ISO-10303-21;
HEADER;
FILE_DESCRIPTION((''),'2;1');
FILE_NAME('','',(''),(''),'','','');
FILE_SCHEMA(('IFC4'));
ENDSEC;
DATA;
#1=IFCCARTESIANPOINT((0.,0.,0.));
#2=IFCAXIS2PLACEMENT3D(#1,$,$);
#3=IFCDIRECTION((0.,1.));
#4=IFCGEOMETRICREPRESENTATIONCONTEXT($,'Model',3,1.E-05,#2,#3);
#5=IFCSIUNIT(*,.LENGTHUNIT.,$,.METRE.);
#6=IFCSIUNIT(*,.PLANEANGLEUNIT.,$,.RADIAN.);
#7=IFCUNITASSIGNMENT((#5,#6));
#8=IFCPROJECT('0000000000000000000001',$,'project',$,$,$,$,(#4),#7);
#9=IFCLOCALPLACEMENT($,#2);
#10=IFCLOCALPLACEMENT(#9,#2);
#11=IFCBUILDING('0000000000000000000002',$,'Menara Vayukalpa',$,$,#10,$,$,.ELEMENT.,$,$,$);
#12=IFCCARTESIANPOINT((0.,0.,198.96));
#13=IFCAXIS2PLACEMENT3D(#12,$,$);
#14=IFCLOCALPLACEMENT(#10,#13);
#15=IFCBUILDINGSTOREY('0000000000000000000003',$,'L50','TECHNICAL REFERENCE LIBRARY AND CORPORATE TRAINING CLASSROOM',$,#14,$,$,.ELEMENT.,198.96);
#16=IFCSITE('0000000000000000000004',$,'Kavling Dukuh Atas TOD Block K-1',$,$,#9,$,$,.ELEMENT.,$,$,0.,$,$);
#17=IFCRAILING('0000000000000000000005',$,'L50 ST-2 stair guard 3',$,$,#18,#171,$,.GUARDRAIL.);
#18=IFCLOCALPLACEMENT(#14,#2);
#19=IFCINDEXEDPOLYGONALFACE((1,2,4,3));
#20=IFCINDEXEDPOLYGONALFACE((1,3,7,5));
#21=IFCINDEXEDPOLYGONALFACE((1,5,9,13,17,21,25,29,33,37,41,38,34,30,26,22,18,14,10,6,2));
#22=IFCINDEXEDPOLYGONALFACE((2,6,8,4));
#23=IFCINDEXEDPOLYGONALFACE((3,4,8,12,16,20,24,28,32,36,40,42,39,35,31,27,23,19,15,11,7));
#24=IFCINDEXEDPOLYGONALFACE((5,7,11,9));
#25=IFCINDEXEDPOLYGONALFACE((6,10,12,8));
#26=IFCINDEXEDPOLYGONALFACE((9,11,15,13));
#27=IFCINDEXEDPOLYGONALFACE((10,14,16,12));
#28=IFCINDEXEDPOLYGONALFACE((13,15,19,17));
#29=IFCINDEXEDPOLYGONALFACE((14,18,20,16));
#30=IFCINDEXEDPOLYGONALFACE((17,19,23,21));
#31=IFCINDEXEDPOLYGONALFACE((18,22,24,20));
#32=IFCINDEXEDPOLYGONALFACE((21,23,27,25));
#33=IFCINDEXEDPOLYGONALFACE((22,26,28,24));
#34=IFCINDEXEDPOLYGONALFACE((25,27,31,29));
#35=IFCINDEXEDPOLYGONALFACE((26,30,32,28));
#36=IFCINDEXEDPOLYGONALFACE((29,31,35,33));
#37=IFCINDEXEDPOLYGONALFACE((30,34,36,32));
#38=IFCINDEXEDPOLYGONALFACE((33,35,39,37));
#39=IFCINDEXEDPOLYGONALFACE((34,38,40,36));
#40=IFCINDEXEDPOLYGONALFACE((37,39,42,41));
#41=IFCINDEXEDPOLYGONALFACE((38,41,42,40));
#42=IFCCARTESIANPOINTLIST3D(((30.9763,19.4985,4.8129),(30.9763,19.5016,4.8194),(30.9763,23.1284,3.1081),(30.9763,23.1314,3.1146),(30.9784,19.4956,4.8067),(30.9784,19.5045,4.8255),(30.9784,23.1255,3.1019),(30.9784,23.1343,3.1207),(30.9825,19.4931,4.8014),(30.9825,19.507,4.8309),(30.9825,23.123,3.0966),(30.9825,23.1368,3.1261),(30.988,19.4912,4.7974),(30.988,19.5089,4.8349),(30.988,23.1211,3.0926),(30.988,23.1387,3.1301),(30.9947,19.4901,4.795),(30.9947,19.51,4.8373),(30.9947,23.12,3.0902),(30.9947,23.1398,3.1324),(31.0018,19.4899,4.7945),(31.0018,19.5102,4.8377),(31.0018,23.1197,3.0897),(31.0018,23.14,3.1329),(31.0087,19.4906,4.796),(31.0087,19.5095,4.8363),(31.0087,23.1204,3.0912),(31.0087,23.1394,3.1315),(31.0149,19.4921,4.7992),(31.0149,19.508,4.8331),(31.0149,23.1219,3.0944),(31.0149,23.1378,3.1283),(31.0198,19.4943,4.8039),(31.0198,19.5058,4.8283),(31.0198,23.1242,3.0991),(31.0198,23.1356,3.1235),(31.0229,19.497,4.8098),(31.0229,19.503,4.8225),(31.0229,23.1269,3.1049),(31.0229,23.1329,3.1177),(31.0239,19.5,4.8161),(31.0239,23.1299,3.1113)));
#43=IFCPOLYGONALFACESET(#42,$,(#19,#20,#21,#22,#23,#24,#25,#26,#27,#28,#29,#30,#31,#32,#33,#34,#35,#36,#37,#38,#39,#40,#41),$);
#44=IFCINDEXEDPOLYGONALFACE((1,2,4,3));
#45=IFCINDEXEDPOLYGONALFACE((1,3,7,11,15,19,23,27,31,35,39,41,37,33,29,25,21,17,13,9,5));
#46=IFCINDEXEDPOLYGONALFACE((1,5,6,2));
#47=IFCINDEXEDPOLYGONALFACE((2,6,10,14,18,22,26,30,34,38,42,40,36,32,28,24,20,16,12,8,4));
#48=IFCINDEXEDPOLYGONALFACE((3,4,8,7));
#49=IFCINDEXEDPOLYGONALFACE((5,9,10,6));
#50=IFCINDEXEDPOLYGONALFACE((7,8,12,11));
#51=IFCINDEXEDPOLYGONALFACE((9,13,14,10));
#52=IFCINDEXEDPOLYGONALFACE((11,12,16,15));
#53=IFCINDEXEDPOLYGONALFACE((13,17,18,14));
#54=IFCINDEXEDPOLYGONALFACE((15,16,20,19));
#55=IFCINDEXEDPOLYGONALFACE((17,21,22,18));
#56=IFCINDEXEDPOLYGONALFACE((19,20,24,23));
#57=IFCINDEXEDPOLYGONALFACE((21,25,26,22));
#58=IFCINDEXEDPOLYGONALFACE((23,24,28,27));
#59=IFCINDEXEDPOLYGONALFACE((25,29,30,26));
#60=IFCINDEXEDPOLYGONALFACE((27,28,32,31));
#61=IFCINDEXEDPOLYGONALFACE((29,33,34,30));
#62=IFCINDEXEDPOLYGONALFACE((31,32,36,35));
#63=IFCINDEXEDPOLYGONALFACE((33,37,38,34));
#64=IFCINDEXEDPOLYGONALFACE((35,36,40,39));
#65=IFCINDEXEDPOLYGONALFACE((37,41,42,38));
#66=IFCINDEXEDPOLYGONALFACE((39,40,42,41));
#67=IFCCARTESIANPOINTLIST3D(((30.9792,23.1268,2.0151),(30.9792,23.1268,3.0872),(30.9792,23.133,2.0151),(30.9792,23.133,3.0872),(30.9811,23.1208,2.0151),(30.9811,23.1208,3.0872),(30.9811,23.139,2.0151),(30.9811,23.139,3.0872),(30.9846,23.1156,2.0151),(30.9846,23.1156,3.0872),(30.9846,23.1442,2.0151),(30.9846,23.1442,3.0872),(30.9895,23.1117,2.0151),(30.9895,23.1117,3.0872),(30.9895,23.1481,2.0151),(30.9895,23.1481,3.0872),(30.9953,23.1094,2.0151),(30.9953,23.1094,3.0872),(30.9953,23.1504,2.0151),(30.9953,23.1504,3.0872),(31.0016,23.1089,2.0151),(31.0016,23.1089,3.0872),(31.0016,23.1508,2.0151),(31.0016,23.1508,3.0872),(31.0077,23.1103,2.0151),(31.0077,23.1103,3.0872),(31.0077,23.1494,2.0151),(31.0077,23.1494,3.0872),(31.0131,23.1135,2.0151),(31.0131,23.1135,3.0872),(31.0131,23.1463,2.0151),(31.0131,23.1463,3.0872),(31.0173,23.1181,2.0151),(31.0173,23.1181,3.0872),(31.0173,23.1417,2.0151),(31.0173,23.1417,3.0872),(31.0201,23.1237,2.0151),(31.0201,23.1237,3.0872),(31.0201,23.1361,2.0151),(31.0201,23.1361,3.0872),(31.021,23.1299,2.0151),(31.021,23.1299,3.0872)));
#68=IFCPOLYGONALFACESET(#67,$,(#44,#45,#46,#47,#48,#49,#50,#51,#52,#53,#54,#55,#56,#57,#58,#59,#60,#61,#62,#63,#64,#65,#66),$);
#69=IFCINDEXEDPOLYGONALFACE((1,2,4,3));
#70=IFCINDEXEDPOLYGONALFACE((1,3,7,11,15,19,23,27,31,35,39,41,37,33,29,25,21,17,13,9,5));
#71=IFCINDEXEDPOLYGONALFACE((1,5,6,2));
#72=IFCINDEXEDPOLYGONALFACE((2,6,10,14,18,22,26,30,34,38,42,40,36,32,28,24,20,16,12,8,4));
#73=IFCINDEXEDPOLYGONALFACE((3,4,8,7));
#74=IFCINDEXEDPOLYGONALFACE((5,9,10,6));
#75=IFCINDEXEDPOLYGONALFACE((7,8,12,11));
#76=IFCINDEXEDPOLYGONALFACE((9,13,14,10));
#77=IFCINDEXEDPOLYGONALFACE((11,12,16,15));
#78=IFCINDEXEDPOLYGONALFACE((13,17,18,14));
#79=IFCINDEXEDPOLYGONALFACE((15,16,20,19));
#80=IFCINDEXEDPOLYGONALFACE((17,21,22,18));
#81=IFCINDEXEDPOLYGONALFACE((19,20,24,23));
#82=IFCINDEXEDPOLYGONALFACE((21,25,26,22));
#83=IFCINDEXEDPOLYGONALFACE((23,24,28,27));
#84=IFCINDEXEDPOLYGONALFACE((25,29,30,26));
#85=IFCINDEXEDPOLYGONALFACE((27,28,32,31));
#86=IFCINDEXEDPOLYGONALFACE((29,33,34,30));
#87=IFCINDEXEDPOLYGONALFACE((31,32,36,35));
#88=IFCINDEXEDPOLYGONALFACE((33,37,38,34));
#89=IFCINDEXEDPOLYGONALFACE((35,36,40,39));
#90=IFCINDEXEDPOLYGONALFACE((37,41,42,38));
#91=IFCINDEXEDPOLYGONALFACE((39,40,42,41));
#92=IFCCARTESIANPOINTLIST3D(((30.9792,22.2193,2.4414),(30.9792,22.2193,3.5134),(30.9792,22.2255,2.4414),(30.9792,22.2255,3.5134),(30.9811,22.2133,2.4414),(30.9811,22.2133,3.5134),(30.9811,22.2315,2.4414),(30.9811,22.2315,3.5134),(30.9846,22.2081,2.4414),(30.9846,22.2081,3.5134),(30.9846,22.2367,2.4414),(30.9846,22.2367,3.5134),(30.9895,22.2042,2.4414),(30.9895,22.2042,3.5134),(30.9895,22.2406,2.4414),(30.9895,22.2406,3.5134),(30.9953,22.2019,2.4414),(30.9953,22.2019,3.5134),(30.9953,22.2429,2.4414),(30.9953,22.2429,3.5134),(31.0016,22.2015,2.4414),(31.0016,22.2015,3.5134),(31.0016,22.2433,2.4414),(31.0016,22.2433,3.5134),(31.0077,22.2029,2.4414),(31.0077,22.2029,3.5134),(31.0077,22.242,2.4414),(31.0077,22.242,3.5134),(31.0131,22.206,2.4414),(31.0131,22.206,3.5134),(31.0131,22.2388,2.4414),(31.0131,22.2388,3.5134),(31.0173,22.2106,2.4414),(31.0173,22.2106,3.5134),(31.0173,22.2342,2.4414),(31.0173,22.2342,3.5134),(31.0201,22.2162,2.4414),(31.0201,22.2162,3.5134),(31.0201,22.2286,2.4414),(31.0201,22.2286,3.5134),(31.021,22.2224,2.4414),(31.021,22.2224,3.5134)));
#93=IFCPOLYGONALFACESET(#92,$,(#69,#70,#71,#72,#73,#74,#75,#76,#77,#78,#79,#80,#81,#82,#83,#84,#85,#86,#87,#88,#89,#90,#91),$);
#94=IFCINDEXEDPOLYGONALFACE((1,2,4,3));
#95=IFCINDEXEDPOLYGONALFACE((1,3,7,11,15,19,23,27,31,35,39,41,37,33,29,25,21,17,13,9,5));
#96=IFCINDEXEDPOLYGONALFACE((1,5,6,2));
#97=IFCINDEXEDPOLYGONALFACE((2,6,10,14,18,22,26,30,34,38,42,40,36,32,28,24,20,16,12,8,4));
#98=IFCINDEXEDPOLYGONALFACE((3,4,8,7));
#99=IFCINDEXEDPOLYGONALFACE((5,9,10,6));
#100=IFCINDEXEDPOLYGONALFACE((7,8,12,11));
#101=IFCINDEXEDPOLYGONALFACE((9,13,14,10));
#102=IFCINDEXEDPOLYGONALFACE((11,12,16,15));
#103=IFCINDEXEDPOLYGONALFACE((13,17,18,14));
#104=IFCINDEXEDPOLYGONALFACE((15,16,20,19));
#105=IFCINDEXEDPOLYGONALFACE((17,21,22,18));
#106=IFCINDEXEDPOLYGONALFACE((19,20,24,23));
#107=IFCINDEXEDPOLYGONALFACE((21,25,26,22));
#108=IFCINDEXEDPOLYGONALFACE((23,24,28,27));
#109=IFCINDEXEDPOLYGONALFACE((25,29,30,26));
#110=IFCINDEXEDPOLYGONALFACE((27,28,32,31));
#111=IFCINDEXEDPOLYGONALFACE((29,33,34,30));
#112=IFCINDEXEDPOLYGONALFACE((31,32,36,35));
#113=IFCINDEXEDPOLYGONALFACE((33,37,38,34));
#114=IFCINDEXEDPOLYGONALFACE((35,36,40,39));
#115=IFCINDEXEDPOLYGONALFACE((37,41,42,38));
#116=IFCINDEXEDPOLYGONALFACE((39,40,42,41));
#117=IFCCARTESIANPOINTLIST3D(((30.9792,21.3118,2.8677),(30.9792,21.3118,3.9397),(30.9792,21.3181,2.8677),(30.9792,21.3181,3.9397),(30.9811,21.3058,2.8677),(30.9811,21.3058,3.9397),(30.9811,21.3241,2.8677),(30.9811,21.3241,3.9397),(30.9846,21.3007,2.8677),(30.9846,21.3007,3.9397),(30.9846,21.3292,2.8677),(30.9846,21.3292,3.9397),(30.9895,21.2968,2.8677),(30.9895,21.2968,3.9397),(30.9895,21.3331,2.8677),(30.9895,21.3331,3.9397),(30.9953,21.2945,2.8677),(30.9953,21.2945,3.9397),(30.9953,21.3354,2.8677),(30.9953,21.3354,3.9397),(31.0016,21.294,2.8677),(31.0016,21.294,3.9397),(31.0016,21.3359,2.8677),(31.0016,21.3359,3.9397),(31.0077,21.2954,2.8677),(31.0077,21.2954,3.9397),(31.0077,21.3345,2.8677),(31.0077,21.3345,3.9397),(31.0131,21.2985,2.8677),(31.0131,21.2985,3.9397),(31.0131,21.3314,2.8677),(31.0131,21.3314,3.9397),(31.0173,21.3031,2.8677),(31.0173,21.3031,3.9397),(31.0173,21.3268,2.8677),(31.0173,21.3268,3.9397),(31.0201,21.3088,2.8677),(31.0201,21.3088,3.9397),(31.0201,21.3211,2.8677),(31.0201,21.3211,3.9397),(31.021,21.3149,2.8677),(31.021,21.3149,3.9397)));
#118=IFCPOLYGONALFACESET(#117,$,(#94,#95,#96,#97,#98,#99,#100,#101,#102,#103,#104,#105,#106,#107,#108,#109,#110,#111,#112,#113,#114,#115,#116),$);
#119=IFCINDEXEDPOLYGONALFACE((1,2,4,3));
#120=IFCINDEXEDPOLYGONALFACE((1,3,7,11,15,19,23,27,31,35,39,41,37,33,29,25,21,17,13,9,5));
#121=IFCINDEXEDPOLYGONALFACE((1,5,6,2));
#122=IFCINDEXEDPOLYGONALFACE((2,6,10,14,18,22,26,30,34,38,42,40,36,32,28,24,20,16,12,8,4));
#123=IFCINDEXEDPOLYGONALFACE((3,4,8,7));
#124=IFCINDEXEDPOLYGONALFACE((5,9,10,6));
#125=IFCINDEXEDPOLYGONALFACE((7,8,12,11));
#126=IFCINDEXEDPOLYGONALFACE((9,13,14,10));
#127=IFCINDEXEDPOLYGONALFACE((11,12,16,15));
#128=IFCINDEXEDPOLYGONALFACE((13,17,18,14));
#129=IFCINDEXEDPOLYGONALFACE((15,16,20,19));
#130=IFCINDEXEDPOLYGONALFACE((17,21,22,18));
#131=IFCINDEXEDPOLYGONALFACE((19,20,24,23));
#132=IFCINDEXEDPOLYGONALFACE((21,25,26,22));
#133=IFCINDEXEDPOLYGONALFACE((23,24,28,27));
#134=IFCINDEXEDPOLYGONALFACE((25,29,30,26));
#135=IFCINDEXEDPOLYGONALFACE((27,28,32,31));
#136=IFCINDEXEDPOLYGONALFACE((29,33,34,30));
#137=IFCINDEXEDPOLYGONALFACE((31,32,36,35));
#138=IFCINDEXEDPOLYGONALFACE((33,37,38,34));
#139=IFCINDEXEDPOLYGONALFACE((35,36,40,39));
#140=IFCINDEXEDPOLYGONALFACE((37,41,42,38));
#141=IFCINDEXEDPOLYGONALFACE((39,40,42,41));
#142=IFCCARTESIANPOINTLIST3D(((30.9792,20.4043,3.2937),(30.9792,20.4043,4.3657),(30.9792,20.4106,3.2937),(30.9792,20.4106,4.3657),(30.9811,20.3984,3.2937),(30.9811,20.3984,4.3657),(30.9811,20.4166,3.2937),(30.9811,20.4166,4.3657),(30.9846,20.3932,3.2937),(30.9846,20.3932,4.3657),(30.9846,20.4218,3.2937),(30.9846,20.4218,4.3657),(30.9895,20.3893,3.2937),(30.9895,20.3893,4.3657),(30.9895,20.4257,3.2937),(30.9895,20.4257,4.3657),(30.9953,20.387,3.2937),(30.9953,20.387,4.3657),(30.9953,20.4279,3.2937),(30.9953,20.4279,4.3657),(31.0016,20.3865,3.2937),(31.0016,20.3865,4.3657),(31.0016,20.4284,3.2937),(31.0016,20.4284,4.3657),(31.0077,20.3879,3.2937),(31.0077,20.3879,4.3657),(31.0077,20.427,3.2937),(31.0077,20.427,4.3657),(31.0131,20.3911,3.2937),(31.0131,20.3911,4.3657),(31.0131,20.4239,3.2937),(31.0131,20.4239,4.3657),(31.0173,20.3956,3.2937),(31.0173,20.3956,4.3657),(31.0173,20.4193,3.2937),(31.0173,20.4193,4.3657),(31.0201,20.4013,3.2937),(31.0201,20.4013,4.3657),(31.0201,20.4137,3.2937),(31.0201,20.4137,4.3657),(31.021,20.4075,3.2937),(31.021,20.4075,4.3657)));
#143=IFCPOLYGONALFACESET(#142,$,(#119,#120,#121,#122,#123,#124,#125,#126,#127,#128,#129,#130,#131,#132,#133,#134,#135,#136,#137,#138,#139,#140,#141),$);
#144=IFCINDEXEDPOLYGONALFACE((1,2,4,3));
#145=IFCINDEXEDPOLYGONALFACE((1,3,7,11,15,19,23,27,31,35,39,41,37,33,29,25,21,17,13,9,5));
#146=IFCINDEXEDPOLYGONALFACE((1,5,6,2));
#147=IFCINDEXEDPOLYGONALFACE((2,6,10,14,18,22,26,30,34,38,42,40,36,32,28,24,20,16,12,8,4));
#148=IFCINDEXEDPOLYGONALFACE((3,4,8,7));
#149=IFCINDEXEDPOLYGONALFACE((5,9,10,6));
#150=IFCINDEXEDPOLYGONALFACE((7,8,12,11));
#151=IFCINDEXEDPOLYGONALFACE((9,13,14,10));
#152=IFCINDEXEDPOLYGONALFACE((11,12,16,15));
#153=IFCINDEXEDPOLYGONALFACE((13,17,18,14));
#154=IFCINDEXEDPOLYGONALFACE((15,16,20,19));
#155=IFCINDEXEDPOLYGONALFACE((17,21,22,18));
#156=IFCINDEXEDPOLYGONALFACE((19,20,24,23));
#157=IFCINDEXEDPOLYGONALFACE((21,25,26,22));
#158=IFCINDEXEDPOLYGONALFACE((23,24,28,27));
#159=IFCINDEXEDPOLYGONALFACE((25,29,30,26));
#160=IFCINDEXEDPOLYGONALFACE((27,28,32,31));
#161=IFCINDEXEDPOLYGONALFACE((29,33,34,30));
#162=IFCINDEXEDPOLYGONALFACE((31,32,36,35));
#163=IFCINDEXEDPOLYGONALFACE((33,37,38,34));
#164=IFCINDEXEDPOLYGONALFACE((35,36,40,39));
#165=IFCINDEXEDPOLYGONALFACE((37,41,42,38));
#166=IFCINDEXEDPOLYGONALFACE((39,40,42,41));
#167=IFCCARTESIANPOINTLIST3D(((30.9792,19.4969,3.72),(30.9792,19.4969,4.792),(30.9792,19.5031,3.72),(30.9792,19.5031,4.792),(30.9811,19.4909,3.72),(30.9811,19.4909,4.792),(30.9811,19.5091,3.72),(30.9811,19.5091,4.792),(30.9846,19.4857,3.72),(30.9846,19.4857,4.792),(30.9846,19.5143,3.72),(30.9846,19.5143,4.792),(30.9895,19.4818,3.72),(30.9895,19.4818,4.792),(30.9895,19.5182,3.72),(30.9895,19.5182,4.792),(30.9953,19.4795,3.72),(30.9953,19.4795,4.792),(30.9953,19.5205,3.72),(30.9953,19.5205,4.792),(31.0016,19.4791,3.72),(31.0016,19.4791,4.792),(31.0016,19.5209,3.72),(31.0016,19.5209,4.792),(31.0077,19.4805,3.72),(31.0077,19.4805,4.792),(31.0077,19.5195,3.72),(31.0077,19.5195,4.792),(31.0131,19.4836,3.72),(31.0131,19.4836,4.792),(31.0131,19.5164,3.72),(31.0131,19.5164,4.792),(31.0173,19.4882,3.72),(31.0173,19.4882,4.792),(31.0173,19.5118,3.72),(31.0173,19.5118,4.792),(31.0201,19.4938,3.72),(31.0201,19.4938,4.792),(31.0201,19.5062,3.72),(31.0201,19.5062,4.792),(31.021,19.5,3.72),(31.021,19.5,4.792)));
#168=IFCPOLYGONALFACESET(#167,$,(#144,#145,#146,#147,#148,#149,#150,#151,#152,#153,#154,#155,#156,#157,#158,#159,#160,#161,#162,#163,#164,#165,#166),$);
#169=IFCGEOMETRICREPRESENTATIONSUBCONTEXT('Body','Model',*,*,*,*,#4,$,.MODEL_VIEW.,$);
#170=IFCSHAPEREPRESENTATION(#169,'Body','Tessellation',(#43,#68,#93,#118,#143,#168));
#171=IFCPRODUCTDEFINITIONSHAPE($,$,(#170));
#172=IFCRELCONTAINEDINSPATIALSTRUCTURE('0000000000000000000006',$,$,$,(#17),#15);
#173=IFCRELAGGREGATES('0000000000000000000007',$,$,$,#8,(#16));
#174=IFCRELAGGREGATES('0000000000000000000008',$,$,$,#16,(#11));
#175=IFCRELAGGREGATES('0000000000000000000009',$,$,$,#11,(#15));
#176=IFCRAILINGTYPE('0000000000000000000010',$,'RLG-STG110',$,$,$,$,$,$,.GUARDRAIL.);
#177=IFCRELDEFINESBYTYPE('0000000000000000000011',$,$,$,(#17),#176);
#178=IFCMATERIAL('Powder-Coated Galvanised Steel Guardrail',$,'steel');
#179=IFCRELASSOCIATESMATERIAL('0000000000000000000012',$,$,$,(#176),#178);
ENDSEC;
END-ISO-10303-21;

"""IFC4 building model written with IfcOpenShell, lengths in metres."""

from ifc_helpers import new_model, si_unit, direction, frame, origin, origin_2d, place, context, subcontext, project, spatial, circle, extrude, material, type_object, element, save


model = new_model("IFC4")

# Units and contexts
model_context = context("Model", 3, precision=1e-05, world=origin(), true_north=direction((0.0, 1.0)))
body_context = subcontext(model_context, "Body", "Model", "MODEL_VIEW")
ifc_project = project(units=[si_unit("LENGTHUNIT", "METRE"), si_unit("PLANEANGLEUNIT", "RADIAN")], contexts=[model_context])

# Site, building, storey
site_placement = place(None, origin())
site = spatial("IfcSite", under=ifc_project, at=site_placement, Name="Kavling Dukuh Atas TOD Block K-1", CompositionType="ELEMENT", RefElevation=0.0)
building_placement = place(site_placement, origin())
building = spatial("IfcBuilding", under=site, at=building_placement, Name="Menara Vayukalpa", CompositionType="ELEMENT")
storey_placement = place(building_placement, frame((0.0, 0.0, 198.96)))
storey = spatial("IfcBuildingStorey", under=building, at=storey_placement, Name="L50", Description="TECHNICAL REFERENCE LIBRARY AND CORPORATE TRAINING CLASSROOM", CompositionType="ELEMENT", Elevation=198.96)

# Railing
ifc_material_1 = material(Name="Powder-Coated Galvanised Steel Guardrail", Category="steel")
railing_type_1 = type_object("IfcRailingType", Name="RLG-STG110", PredefinedType="GUARDRAIL", material=ifc_material_1)
railing_1_placement = place(storey_placement, frame((31.0, 23.1299, 2.0151)))
element("IfcRailing", 1, at=railing_1_placement, inside=storey, type_object=railing_type_1, Name="L50 ST-2 stair guard 3", PredefinedType="GUARDRAIL", context=body_context, shape_type="SweptSolid", body=[
    extrude(circle(Radius=0.0239, at=origin_2d()), frame((0.0, 0.0, 1.0962), z_axis=(0.0, -0.90514, 0.425114), x_axis=(1.0, 0.0, 0.0)), (0.0, 0.0, 1.0), 4.0103),
    extrude(circle(Radius=0.021, at=origin_2d()), origin(), (0.0, 0.0, 1.0), 1.072),
    extrude(circle(Radius=0.021, at=origin_2d()), frame((0.0, -0.9075, 0.4263)), (0.0, 0.0, 1.0), 1.072),
    extrude(circle(Radius=0.021, at=origin_2d()), frame((0.0, -1.8149, 0.8525)), (0.0, 0.0, 1.0), 1.072),
    extrude(circle(Radius=0.021, at=origin_2d()), frame((0.0, -2.7224, 1.2786)), (0.0, 0.0, 1.0), 1.072),
    extrude(circle(Radius=0.021, at=origin_2d()), frame((0.0, -3.6299, 1.7048)), (0.0, 0.0, 1.0), 1.072),
])

save(model, "model.ifc")
